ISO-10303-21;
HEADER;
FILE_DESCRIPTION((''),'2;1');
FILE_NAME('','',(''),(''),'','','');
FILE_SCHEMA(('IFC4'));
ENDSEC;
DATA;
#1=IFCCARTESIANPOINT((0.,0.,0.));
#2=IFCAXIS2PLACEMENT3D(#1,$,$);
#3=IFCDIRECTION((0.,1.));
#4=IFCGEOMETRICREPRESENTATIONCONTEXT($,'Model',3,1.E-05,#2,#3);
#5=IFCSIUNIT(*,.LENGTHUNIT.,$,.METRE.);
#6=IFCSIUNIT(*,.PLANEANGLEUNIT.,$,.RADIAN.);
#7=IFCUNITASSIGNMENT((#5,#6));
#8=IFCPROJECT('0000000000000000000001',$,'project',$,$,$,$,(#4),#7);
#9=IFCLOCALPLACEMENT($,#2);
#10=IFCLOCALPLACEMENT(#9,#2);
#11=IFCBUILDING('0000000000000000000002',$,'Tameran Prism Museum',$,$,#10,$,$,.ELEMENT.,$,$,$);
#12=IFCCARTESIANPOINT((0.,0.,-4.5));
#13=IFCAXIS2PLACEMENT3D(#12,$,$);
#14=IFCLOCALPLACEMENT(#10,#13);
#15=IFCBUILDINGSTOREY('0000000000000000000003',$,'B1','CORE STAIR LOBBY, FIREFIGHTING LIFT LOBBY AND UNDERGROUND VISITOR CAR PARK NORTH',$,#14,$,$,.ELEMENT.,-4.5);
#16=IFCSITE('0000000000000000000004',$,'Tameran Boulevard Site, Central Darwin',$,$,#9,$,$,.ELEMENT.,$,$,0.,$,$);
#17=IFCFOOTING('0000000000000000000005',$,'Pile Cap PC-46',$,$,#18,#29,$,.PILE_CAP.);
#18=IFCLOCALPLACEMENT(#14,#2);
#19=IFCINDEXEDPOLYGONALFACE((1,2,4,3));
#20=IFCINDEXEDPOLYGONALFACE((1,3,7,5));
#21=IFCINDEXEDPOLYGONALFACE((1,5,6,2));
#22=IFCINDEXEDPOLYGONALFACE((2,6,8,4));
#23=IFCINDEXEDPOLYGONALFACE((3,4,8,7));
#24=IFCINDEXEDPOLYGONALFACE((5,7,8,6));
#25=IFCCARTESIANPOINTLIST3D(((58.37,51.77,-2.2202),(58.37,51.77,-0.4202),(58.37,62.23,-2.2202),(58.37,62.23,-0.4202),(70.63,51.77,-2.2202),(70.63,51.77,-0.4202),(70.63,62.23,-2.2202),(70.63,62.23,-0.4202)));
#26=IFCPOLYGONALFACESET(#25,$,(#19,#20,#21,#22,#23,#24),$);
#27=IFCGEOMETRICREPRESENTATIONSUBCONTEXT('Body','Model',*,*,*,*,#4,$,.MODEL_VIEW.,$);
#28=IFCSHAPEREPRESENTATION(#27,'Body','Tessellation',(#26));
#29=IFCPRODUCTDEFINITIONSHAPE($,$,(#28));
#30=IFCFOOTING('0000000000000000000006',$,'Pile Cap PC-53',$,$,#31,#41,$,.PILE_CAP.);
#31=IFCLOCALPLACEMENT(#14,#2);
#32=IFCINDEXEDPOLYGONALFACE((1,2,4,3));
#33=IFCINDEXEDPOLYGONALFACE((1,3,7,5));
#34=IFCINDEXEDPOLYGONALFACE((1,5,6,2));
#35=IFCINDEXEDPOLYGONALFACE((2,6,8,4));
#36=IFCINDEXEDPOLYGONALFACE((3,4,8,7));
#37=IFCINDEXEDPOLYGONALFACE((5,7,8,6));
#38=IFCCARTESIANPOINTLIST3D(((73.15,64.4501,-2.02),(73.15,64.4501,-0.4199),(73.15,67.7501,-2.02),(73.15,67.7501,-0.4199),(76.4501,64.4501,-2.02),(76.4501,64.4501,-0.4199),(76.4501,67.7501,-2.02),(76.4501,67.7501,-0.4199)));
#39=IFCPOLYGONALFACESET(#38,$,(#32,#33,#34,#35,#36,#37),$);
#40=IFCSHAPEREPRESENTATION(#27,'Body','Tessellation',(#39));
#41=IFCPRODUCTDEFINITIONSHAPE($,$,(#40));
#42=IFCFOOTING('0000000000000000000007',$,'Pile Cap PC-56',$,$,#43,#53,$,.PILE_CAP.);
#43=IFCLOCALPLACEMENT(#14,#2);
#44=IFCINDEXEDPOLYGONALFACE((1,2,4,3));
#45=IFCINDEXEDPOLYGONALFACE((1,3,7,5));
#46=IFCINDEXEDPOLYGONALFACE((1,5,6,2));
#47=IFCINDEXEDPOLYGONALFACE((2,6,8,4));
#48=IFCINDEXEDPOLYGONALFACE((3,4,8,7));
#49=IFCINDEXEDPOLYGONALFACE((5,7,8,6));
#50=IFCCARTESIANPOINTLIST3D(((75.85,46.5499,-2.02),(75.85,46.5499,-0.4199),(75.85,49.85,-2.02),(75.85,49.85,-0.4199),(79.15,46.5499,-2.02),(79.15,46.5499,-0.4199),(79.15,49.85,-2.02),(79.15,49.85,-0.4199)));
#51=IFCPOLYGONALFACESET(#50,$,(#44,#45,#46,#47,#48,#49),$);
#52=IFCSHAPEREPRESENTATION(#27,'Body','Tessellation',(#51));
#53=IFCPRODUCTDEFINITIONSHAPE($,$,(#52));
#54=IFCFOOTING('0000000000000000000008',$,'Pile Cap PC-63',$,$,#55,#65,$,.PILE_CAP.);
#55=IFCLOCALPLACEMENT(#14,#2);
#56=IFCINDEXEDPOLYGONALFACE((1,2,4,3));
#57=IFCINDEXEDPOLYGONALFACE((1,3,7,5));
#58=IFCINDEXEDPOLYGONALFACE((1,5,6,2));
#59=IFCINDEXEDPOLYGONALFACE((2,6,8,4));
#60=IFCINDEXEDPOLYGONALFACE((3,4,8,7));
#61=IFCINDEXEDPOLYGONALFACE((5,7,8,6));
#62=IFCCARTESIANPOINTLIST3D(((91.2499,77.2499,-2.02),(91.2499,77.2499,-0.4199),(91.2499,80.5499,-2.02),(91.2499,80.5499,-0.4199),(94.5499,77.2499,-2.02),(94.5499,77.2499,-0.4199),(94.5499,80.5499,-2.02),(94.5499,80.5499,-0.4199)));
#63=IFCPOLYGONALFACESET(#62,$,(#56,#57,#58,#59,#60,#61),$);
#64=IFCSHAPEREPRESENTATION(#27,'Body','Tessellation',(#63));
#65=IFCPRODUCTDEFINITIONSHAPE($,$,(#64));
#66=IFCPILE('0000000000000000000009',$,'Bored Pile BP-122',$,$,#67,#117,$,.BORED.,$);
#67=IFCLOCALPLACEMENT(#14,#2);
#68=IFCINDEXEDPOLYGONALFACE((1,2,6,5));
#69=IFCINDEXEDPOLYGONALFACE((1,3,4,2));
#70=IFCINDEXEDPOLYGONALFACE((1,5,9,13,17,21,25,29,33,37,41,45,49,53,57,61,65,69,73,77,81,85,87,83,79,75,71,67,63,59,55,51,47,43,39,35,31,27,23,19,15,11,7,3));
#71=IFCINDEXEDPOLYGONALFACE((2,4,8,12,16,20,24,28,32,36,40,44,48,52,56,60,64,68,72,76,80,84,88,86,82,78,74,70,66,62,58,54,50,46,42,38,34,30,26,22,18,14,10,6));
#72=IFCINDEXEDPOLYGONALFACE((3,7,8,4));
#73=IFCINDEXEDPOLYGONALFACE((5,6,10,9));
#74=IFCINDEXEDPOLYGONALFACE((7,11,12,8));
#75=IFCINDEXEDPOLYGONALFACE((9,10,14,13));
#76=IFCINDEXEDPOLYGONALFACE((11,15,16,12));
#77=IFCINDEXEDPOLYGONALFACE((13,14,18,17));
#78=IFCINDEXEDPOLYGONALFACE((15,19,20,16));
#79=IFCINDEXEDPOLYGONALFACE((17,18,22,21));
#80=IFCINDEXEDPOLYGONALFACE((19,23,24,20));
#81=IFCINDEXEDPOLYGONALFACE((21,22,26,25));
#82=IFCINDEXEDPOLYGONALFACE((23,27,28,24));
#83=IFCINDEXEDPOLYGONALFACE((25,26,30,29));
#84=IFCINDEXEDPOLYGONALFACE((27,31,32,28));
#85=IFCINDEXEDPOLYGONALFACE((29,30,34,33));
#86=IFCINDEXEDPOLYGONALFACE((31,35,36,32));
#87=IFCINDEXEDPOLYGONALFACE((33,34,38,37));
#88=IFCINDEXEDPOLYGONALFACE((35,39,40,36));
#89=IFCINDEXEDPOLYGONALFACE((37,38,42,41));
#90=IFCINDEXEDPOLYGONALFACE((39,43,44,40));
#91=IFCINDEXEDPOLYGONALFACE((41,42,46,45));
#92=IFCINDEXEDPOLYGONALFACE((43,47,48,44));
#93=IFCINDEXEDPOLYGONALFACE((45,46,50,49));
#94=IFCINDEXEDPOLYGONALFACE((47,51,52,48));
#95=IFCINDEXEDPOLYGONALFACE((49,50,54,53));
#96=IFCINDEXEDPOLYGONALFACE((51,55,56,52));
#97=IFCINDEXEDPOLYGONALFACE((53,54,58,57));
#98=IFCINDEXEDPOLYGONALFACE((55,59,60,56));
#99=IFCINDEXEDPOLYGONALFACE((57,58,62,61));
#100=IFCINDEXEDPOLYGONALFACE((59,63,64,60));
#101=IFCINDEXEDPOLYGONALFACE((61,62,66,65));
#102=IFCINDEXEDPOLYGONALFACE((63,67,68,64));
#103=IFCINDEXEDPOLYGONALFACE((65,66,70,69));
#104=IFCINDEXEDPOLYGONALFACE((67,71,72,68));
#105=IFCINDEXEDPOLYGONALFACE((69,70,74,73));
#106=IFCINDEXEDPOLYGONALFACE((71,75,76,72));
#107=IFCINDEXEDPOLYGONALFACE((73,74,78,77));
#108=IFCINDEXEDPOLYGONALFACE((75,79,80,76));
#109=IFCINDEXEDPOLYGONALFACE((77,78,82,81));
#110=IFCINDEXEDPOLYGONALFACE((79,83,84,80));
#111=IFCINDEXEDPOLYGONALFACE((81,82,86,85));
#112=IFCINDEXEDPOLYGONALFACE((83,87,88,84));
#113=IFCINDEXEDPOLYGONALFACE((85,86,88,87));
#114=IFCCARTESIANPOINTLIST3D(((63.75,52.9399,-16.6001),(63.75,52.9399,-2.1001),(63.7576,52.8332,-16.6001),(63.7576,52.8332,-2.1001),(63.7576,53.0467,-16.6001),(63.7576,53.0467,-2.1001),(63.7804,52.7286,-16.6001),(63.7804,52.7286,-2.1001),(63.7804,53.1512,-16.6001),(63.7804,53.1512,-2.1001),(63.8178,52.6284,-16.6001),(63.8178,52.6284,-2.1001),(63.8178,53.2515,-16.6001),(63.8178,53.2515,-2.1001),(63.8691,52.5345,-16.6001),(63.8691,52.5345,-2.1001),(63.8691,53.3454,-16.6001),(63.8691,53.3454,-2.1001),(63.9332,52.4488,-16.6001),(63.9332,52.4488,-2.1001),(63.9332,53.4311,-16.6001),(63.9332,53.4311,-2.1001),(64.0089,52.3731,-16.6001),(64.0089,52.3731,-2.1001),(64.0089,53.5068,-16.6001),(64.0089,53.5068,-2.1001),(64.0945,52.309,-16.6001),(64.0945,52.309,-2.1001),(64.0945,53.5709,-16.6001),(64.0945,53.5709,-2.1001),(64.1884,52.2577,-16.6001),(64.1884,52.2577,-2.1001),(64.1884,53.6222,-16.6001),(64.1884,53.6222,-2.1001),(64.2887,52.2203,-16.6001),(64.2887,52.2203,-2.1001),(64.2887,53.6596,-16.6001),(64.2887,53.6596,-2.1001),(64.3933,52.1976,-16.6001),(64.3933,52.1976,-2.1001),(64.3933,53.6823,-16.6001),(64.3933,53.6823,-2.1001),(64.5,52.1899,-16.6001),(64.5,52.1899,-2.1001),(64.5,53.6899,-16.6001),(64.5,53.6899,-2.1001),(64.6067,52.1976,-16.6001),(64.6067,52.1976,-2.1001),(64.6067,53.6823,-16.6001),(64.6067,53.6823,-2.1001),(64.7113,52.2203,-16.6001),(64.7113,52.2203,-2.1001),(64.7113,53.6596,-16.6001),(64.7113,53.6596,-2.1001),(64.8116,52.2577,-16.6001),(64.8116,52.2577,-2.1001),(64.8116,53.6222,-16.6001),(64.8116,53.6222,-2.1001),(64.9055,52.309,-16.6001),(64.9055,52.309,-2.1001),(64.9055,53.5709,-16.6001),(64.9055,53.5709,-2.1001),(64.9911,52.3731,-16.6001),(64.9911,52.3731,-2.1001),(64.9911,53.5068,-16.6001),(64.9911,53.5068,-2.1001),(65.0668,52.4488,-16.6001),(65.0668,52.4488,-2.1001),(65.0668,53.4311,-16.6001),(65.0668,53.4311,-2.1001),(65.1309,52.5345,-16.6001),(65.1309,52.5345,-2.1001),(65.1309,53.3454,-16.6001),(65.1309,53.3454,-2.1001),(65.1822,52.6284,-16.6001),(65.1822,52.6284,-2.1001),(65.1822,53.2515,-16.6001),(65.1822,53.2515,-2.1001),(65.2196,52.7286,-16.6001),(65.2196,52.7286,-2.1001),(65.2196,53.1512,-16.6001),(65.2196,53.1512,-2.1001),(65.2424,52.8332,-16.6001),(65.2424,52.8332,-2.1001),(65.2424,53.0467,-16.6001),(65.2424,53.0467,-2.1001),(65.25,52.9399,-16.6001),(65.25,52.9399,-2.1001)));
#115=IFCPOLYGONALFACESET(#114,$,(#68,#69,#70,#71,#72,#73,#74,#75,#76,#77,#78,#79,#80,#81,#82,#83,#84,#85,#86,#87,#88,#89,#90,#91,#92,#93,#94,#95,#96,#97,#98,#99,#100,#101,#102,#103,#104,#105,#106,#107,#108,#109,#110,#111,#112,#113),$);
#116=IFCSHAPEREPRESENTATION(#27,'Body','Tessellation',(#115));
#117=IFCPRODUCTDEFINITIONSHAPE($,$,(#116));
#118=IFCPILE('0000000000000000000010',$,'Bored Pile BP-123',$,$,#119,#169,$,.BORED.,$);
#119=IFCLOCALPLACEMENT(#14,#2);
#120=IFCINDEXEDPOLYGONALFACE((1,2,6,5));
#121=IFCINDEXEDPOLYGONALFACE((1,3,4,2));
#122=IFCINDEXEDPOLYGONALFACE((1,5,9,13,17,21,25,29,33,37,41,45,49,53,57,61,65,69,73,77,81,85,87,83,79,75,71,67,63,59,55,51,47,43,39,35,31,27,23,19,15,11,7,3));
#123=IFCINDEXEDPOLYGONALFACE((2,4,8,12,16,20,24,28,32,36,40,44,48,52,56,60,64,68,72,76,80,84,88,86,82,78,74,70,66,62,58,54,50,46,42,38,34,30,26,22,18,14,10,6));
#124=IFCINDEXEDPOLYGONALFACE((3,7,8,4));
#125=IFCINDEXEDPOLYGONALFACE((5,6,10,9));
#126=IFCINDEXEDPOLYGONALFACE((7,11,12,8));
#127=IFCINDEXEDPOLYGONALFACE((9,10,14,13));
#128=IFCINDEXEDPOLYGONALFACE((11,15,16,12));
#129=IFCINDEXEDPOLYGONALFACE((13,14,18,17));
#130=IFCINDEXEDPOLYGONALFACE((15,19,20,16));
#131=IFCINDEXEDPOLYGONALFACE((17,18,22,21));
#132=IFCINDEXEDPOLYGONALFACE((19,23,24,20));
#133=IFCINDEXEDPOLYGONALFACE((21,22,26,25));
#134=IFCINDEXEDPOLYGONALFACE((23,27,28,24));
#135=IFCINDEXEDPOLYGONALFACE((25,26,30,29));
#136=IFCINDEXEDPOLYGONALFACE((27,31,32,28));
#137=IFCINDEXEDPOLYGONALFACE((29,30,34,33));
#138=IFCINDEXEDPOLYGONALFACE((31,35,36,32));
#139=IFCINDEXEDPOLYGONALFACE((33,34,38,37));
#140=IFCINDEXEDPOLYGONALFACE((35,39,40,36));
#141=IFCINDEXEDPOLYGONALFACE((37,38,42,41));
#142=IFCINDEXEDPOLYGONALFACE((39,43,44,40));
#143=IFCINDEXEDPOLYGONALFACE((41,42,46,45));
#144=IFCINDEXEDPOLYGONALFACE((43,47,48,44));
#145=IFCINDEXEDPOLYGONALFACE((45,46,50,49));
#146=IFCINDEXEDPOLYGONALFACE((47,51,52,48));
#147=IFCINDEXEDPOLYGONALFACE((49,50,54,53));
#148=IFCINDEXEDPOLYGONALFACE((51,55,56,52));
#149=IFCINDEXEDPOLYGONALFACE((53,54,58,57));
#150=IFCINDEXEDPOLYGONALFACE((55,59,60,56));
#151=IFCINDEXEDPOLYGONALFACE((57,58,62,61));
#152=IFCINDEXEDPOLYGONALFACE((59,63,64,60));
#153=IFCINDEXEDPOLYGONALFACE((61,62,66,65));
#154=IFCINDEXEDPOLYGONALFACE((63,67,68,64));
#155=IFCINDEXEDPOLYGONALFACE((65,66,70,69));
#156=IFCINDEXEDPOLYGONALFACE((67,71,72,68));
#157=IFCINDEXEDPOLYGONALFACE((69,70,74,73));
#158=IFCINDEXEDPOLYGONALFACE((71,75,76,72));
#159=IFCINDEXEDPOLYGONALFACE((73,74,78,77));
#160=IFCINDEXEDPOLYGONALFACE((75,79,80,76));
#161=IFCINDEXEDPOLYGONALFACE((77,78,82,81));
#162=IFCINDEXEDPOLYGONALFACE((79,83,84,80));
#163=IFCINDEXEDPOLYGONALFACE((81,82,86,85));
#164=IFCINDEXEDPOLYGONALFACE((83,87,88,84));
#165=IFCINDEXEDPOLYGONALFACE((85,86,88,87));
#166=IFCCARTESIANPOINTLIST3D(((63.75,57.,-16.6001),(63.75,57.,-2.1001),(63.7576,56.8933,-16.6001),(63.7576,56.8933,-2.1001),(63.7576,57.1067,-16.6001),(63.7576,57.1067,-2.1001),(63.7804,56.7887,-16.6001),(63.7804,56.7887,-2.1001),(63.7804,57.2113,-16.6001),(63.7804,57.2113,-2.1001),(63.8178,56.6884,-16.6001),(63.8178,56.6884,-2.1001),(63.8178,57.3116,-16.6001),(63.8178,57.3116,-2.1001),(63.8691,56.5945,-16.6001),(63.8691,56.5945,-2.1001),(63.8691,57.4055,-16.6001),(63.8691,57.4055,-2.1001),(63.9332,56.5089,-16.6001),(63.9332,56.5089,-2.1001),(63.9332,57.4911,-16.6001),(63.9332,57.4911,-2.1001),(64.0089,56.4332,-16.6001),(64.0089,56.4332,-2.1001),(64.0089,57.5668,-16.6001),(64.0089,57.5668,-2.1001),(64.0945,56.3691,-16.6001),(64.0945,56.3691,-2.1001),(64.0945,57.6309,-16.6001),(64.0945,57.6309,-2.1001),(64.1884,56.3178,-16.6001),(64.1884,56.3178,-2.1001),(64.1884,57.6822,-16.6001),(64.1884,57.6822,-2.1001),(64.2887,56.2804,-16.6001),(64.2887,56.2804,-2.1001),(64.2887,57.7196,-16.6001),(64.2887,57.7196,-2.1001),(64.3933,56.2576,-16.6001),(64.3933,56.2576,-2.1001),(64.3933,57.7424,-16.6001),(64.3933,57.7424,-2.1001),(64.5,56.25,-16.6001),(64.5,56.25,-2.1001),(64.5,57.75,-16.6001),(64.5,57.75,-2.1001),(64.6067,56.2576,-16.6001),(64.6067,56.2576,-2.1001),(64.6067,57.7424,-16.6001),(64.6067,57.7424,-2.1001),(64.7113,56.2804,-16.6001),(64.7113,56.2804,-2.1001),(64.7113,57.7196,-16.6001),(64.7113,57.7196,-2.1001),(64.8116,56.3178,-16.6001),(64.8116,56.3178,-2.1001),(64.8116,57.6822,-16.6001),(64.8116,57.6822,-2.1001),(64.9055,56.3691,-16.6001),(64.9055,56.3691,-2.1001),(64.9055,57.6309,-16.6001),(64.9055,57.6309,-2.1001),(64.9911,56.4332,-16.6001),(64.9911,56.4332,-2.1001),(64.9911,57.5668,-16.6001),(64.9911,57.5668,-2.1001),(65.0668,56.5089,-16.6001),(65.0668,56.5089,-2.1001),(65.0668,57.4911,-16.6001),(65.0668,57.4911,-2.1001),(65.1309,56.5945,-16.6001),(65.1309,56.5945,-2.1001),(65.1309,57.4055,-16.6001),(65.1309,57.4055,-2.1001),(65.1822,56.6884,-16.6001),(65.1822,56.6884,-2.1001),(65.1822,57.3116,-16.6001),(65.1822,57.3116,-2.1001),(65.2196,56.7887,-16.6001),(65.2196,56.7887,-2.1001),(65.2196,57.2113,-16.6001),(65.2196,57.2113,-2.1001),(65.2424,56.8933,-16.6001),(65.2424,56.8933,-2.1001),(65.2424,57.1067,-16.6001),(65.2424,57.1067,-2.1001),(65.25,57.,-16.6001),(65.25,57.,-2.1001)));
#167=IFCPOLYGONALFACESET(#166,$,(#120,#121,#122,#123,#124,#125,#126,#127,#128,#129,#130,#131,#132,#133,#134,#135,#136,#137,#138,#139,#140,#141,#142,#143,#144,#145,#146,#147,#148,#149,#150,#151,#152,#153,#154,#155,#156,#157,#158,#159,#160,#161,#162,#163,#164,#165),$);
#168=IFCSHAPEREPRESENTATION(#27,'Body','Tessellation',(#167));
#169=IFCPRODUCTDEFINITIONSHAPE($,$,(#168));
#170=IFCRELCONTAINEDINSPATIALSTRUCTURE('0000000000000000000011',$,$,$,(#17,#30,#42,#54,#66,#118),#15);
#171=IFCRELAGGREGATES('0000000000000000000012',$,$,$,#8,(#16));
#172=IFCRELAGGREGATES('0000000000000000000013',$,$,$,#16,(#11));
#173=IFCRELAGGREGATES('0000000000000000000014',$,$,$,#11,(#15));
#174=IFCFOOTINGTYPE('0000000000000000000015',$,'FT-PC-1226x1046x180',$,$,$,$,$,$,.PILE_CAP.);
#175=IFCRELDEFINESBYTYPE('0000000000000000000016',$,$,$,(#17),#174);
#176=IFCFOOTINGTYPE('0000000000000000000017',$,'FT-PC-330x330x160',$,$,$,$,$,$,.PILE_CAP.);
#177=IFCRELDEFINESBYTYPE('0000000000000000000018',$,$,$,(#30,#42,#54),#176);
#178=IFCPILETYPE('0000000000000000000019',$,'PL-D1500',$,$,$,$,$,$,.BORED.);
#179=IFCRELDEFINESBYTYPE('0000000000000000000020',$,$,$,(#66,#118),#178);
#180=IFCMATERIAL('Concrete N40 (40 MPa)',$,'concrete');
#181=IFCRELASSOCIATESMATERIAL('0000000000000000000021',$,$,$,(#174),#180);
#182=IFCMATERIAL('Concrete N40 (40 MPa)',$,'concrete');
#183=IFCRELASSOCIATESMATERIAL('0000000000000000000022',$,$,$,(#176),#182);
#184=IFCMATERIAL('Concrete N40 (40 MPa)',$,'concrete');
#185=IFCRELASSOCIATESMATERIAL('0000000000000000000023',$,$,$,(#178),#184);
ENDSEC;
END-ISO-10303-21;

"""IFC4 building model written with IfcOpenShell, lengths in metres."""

from ifc_helpers import new_model, si_unit, direction, frame, origin, origin_2d, place, context, subcontext, project, spatial, rectangle, circle, extrude, material, material_profile, profile_set, type_object, element, save


model = new_model("IFC4")

# Units and contexts
model_context = context("Model", 3, precision=1e-05, world=origin(), true_north=direction((0.0, 1.0)))
body_context = subcontext(model_context, "Body", "Model", "MODEL_VIEW")
ifc_project = project(units=[si_unit("LENGTHUNIT", "METRE"), si_unit("PLANEANGLEUNIT", "RADIAN")], contexts=[model_context])

# Site, building, storey
site_placement = place(None, origin())
site = spatial("IfcSite", under=ifc_project, at=site_placement, Name="Tameran Boulevard Site, Central Darwin", CompositionType="ELEMENT", RefElevation=0.0)
building_placement = place(site_placement, origin())
building = spatial("IfcBuilding", under=site, at=building_placement, Name="Tameran Prism Museum", CompositionType="ELEMENT")
storey_placement = place(building_placement, frame((0.0, 0.0, -4.5)))
storey = spatial("IfcBuildingStorey", under=building, at=storey_placement, Name="B1", Description="CORE STAIR LOBBY, FIREFIGHTING LIFT LOBBY AND UNDERGROUND VISITOR CAR PARK NORTH", CompositionType="ELEMENT", Elevation=-4.5)

# Footings
ifc_material_1 = material(Name="Concrete N40 (40 MPa)", Category="concrete")
footing_type_1 = type_object("IfcFootingType", Name="FT-PC-1226x1046x180", PredefinedType="PILE_CAP", material=ifc_material_1)
footing_placement = place(storey_placement, frame((64.5, 57.0, -2.2202), z_axis=(0.0, 0.0, 1.0), x_axis=(1.0, 0.0, 0.0)))
element("IfcFooting", 1, at=footing_placement, inside=storey, type_object=footing_type_1, Name="Pile Cap PC-46", PredefinedType="PILE_CAP", context=body_context, shape_type="SweptSolid", body=[
    extrude(rectangle(XDim=12.26, YDim=10.46, at=origin_2d()), origin(), (0.0, 0.0, 1.0), 1.8),
])
ifc_material_2 = material(Name="Concrete N40 (40 MPa)", Category="concrete")
footing_type_2 = type_object("IfcFootingType", Name="FT-PC-330x330x160", PredefinedType="PILE_CAP", material=ifc_material_2)
for number, where, z_axis, x_axis, name in (
    (2, (74.8, 66.1001, -2.02), (0.0, 0.0, 1.0), (1.0, 0.0, 0.0), "Pile Cap PC-53"),
    (3, (77.5, 48.2, -2.02), (0.0, 0.0, 1.0), (1.0, 0.0, 0.0), "Pile Cap PC-56"),
    (4, (92.8999, 78.8999, -2.02), (0.0, 0.0, 1.0), (1.0, 0.0, 0.0), "Pile Cap PC-63"),
):
    element("IfcFooting", number, at=place(storey_placement, frame(where, z_axis=z_axis, x_axis=x_axis)), inside=storey, type_object=footing_type_2, Name=name, PredefinedType="PILE_CAP", context=body_context, shape_type="SweptSolid", body=[
        extrude(rectangle(XDim=3.3, YDim=3.3, at=origin_2d()), origin(), (0.0, 0.0, 1.0), 1.6001),
    ])

# Piles
ifc_material_3 = material(Name="Concrete N40 (40 MPa)", Category="concrete")
ifc_material_profile_1 = material_profile(ifc_material_3, circle(Radius=0.75, at=origin_2d()))
ifc_profile_set_1 = profile_set([ifc_material_profile_1])
pile_type_1 = type_object("IfcPileType", Name="PL-D1500", PredefinedType="BORED", material=ifc_profile_set_1)
for number, where, z_axis, x_axis, name in (
    (5, (64.5, 52.9399, -2.1001), (0.0, 0.0, -1.0), (1.0, 0.0, 0.0), "Bored Pile BP-122"),
    (6, (64.5, 57.0, -2.1001), (0.0, 0.0, -1.0), (1.0, 0.0, 0.0), "Bored Pile BP-123"),
):
    element("IfcPile", number, at=place(storey_placement, frame(where, z_axis=z_axis, x_axis=x_axis)), inside=storey, type_object=pile_type_1, Name=name, PredefinedType="BORED", context=body_context, shape_type="SweptSolid", body=[
        extrude(circle(Radius=0.75, at=origin_2d()), origin(), (0.0, 0.0, 1.0), 14.5),
    ])

save(model, "model.ifc")
